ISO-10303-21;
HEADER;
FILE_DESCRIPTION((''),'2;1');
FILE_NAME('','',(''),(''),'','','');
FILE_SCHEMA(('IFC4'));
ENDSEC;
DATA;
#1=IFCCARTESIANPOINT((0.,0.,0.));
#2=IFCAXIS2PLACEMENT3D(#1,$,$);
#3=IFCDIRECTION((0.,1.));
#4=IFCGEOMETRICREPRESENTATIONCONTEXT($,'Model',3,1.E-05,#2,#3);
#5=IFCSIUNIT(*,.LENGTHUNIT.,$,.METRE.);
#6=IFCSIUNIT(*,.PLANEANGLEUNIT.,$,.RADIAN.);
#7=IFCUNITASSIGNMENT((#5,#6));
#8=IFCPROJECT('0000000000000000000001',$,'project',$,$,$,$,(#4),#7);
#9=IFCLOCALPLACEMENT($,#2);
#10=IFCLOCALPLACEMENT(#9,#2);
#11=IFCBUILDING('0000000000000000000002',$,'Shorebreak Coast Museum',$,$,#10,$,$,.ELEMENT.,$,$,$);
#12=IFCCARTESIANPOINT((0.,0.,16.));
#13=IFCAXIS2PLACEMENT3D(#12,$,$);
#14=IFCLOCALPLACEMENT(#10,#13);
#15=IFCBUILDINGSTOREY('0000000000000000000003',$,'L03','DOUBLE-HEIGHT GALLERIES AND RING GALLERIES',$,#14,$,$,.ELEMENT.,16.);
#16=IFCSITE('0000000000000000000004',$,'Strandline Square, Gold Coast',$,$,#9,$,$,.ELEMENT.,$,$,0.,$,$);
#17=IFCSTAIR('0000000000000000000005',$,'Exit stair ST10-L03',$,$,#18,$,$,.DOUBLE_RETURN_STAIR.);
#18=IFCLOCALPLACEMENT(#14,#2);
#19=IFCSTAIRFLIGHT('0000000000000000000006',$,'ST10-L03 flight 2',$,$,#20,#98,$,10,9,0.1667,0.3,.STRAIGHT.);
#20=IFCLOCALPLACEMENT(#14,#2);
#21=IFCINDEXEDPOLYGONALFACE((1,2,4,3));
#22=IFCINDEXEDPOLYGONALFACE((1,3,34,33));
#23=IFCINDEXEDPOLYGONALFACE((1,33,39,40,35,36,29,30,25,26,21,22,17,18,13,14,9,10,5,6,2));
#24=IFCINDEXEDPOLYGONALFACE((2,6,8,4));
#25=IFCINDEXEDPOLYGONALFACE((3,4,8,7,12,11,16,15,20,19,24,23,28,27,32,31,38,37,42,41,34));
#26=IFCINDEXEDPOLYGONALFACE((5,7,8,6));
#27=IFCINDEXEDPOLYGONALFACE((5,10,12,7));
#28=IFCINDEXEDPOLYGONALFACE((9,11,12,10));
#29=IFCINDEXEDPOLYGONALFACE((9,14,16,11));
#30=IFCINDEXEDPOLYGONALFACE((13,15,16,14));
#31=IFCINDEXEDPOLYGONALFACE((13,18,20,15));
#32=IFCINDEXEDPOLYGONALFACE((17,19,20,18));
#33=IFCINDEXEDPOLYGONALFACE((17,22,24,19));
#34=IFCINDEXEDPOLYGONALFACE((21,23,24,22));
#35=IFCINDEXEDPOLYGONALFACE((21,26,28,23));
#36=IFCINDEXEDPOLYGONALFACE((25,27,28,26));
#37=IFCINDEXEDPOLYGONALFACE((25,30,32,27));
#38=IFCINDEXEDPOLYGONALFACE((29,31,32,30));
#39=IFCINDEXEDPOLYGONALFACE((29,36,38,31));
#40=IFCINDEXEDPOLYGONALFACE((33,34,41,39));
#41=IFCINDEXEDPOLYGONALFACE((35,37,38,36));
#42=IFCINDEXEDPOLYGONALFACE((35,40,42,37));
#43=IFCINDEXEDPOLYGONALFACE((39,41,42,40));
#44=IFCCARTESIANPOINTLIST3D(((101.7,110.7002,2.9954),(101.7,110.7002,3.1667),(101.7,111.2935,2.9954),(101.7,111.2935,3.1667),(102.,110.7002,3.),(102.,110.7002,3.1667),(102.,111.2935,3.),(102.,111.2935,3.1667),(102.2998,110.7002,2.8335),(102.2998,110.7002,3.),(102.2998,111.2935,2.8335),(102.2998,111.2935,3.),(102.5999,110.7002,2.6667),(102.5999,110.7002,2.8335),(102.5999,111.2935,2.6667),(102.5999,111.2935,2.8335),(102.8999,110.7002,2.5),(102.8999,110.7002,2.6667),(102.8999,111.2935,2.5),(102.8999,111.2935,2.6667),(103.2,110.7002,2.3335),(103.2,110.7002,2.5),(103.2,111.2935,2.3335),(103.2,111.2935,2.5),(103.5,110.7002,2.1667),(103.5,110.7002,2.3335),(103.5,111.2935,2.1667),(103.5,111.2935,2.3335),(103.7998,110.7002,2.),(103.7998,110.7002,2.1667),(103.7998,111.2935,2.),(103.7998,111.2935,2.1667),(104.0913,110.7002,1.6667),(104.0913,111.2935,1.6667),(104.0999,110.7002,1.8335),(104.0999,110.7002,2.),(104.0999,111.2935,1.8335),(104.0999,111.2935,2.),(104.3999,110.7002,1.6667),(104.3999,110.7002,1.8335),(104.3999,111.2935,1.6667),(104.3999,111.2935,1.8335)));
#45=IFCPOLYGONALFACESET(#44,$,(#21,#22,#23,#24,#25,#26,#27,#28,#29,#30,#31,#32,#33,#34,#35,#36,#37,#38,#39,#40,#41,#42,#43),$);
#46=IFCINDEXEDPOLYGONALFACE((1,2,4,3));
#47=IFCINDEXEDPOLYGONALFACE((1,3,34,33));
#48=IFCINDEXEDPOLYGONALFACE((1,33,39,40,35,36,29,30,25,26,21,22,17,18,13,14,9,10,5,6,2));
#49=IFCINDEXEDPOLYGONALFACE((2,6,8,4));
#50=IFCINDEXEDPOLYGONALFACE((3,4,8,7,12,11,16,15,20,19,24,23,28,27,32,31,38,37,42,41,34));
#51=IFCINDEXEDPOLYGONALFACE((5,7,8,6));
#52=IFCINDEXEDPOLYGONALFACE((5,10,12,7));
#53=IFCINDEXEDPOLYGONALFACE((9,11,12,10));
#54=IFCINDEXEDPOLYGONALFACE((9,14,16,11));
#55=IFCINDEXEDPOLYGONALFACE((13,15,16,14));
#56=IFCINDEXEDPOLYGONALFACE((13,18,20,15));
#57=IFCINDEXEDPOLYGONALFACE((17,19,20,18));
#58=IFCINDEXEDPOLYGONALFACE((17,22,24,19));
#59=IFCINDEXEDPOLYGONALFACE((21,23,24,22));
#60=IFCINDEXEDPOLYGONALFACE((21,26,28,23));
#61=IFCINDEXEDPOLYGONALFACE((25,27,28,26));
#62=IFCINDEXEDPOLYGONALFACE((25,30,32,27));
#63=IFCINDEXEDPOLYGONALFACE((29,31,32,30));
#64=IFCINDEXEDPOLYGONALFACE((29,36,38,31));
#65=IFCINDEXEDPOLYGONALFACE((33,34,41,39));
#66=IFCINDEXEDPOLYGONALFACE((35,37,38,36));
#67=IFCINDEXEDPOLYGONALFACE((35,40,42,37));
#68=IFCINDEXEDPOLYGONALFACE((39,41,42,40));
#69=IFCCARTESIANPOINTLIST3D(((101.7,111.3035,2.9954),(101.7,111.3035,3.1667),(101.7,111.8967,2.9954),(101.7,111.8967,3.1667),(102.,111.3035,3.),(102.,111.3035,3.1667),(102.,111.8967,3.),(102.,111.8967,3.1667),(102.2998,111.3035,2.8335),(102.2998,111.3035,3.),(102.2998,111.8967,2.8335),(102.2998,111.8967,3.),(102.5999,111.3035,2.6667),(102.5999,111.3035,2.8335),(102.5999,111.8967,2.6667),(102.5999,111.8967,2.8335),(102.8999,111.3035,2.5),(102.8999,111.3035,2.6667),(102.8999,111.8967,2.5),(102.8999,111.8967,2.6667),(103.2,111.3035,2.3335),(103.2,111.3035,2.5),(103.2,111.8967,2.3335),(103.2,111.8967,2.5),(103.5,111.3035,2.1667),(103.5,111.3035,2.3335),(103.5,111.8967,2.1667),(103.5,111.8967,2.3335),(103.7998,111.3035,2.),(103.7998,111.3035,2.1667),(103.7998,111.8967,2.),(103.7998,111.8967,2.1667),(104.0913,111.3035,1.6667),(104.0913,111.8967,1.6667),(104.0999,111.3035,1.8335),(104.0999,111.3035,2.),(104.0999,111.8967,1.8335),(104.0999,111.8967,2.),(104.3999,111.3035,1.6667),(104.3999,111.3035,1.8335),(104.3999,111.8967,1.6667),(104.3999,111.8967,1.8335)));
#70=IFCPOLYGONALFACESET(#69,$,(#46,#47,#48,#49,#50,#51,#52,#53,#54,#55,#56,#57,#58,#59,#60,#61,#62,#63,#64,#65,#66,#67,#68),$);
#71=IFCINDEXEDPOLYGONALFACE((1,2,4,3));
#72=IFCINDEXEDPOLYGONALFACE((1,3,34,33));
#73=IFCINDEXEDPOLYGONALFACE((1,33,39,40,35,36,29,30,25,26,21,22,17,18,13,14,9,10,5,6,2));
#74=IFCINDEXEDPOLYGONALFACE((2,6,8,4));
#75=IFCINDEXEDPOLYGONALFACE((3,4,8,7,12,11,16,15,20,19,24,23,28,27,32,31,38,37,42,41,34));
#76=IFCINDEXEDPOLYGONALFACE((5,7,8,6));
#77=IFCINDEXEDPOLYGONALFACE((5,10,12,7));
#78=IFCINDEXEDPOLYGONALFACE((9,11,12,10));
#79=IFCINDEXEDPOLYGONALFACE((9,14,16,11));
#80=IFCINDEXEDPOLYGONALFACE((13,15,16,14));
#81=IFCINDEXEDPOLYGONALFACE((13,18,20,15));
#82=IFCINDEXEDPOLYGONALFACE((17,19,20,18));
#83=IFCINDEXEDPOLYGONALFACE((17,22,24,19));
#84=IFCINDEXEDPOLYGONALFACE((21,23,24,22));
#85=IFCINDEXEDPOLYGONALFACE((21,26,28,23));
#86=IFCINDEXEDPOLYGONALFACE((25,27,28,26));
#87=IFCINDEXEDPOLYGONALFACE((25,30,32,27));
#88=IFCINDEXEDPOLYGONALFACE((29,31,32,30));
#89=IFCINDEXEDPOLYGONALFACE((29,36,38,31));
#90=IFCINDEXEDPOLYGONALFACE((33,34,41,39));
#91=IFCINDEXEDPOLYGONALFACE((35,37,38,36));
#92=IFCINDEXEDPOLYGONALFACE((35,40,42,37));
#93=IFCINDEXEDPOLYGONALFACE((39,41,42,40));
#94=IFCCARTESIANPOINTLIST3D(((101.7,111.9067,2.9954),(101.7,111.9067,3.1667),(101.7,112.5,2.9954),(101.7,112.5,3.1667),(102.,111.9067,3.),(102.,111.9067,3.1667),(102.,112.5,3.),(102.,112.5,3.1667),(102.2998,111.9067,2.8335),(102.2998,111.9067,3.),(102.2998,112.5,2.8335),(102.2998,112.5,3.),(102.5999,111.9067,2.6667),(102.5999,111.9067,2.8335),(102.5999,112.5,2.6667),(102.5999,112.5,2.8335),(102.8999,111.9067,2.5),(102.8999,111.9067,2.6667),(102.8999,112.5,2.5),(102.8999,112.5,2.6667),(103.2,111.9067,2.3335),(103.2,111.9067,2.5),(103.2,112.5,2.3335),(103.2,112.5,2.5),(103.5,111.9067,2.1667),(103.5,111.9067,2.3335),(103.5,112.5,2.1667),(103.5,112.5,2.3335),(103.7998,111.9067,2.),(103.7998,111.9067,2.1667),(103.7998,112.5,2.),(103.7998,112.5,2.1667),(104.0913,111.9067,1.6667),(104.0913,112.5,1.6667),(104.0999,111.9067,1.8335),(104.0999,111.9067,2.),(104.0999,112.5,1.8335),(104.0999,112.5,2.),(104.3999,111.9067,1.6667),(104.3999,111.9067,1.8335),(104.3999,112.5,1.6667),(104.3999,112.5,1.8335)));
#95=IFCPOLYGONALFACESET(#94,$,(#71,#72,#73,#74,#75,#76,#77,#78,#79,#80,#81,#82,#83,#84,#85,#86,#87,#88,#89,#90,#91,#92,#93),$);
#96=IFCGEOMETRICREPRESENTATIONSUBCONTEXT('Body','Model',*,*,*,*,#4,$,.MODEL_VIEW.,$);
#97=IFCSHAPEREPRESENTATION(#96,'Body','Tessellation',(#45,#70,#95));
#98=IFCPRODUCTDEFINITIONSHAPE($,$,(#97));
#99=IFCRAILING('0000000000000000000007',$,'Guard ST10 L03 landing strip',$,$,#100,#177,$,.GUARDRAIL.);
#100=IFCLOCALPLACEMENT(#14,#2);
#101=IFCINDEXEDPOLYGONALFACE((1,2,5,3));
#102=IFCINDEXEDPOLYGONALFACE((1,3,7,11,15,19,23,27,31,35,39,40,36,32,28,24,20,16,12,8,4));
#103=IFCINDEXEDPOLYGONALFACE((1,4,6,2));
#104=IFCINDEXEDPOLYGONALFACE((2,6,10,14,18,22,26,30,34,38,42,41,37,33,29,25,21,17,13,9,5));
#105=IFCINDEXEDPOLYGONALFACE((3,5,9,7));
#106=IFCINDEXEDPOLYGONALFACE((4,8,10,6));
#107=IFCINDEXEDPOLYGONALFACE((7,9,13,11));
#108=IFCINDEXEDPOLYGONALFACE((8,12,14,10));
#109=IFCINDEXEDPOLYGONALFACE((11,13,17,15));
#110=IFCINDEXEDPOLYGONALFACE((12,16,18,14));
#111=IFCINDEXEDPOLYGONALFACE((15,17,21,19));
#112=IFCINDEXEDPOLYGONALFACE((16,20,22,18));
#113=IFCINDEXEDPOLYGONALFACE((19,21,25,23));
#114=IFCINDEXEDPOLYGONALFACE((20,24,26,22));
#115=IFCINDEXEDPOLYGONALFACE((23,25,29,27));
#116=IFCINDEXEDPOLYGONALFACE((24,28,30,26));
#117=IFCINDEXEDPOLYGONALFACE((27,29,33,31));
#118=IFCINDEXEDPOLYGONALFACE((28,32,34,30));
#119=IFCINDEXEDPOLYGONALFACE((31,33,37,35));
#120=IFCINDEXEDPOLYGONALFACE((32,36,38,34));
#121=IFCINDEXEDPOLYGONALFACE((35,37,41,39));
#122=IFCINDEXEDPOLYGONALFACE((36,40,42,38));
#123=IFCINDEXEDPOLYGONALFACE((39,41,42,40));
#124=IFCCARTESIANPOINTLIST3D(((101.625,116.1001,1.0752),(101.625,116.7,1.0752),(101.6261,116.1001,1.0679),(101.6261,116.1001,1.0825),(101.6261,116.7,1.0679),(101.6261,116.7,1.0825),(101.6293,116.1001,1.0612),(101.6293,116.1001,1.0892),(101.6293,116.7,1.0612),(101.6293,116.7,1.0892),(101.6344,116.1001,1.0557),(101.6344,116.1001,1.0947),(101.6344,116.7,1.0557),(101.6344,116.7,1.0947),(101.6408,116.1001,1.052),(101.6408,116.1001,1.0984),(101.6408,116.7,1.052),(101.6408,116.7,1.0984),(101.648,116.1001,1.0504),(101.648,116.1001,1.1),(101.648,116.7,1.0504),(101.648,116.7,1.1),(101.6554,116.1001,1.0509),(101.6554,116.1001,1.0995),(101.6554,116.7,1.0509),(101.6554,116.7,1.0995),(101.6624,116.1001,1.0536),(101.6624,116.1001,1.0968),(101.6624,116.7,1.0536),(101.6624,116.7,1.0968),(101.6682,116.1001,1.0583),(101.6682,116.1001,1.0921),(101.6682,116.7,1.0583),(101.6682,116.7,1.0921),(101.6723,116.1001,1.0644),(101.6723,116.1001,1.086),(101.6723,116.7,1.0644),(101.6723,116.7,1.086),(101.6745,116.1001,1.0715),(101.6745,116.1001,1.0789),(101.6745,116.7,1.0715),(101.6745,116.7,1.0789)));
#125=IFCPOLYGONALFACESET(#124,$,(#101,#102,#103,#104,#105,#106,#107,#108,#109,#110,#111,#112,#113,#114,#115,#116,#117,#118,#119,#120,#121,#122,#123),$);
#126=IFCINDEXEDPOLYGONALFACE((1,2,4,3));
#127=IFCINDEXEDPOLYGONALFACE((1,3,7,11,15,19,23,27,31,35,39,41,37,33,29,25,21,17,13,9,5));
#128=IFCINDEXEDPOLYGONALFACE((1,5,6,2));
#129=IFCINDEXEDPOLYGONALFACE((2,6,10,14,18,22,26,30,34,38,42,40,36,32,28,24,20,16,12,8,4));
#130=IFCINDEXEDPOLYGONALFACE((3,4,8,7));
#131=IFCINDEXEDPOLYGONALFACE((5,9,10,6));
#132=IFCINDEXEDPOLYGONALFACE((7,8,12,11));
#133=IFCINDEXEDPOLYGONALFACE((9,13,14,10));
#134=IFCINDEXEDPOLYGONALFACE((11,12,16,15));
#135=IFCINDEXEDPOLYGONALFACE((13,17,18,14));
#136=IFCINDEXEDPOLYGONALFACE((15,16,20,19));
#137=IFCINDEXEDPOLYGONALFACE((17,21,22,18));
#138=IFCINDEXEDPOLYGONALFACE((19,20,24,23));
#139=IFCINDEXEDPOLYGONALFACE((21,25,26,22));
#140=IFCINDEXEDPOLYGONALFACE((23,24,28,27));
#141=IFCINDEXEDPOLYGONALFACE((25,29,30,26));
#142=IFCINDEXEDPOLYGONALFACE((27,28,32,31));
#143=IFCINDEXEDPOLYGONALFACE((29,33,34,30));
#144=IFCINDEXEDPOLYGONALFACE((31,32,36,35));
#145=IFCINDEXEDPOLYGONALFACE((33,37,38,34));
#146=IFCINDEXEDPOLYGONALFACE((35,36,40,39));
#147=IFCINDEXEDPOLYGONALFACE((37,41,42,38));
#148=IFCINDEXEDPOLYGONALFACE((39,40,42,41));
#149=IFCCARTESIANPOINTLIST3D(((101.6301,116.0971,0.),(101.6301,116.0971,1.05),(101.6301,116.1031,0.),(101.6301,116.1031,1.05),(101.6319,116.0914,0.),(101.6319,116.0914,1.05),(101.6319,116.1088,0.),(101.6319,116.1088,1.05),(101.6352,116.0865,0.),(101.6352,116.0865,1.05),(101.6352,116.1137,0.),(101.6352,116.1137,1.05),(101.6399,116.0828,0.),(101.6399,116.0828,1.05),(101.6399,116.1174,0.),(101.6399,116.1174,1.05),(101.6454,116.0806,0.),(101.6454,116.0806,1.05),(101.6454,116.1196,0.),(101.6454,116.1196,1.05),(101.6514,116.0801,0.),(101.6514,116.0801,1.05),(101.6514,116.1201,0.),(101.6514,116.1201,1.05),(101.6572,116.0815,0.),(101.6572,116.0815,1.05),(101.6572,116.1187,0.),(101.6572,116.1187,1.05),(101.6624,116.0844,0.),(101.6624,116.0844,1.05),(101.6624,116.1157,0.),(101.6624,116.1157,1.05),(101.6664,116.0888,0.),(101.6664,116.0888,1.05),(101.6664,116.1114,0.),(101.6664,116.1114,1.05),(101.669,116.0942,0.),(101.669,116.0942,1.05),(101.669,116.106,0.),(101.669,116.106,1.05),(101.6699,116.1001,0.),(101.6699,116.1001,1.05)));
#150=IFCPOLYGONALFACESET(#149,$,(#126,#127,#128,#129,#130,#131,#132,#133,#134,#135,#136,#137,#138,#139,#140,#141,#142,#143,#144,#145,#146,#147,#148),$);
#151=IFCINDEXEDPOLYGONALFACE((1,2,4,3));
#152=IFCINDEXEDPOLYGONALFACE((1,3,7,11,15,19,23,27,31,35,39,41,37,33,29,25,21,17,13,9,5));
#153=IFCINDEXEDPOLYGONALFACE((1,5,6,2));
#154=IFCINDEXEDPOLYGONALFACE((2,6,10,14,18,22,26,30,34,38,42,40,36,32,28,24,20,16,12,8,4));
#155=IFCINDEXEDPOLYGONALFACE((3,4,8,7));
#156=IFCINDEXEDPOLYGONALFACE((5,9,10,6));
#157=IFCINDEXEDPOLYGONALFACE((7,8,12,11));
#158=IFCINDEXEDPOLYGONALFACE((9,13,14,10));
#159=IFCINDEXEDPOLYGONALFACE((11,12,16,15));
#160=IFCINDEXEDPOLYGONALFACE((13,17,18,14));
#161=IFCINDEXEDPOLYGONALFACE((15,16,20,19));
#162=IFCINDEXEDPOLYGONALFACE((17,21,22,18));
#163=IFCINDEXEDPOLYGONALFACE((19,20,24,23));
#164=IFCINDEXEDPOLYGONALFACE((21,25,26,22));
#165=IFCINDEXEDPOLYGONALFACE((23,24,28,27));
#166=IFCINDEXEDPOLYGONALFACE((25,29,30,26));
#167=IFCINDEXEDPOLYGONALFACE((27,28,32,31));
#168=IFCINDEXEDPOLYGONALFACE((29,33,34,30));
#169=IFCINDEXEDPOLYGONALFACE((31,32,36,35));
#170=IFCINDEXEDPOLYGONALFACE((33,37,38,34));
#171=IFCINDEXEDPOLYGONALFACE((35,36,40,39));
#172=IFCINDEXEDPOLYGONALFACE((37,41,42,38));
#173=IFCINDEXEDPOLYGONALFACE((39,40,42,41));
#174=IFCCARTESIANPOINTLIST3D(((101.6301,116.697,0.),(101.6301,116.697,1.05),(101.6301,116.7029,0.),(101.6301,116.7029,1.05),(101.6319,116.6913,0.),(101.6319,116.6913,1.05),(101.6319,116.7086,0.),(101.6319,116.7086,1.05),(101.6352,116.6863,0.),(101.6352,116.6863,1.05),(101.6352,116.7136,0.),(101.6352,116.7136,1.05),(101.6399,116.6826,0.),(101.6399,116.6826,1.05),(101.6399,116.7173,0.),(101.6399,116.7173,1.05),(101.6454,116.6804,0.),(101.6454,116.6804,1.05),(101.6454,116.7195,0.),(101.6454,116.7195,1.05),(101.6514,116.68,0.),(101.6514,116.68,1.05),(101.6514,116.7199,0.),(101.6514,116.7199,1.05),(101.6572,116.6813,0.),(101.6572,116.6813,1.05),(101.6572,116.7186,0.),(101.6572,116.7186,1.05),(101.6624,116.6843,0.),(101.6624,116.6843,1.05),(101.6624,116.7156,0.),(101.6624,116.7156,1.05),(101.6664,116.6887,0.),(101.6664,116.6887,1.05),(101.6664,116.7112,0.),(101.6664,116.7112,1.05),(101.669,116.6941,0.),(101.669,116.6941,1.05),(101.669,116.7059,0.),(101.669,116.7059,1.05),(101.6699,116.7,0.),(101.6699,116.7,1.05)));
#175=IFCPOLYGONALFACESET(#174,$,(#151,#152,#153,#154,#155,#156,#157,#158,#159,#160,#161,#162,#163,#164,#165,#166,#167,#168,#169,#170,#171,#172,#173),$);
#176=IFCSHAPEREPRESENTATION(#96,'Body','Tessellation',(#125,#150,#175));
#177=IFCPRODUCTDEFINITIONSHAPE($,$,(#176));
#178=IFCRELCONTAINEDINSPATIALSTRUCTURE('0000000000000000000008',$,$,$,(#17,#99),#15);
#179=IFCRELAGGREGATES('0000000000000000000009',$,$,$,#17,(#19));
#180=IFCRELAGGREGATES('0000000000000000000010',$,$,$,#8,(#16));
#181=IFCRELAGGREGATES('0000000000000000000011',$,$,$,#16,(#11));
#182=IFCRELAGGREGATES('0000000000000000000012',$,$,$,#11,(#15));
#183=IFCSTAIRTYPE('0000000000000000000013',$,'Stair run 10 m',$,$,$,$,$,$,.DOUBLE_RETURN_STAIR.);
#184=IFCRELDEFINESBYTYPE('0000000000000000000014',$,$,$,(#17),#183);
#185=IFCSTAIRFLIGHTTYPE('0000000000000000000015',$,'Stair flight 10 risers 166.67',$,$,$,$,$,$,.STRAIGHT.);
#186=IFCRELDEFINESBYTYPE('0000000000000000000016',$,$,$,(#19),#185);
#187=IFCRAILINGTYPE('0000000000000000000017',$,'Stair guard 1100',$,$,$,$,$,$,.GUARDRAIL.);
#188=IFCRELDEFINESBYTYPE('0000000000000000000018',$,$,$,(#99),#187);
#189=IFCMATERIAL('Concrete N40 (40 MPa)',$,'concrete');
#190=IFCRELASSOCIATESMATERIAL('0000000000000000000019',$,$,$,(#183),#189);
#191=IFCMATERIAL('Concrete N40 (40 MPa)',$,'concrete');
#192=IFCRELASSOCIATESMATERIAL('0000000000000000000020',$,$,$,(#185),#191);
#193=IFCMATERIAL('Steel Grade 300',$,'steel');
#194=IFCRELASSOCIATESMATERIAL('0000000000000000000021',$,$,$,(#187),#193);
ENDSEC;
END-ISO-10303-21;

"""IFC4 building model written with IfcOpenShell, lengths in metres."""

from ifc_helpers import new_model, si_unit, direction, frame, origin, origin_2d, place, context, subcontext, project, spatial, polyline, circle, outline, extrude, material, type_object, element, aggregate, save


model = new_model("IFC4")

# Units and contexts
model_context = context("Model", 3, precision=1e-05, world=origin(), true_north=direction((0.0, 1.0)))
body_context = subcontext(model_context, "Body", "Model", "MODEL_VIEW")
ifc_project = project(units=[si_unit("LENGTHUNIT", "METRE"), si_unit("PLANEANGLEUNIT", "RADIAN")], contexts=[model_context])

# Site, building, storey
site_placement = place(None, origin())
site = spatial("IfcSite", under=ifc_project, at=site_placement, Name="Strandline Square, Gold Coast", CompositionType="ELEMENT", RefElevation=0.0)
building_placement = place(site_placement, origin())
building = spatial("IfcBuilding", under=site, at=building_placement, Name="Shorebreak Coast Museum", CompositionType="ELEMENT")
storey_placement = place(building_placement, frame((0.0, 0.0, 16.0)))
storey = spatial("IfcBuildingStorey", under=building, at=storey_placement, Name="L03", Description="DOUBLE-HEIGHT GALLERIES AND RING GALLERIES", CompositionType="ELEMENT", Elevation=16.0)

# Stair, stair flight
ifc_material_1 = material(Name="Concrete N40 (40 MPa)", Category="concrete")
stair_type = type_object("IfcStairType", Name="Stair run 10 m", PredefinedType="DOUBLE_RETURN_STAIR", material=ifc_material_1)
stair_placement = place(storey_placement, origin())
stair = element("IfcStair", 1, at=stair_placement, inside=storey, type_object=stair_type, Name="Exit stair ST10-L03", PredefinedType="DOUBLE_RETURN_STAIR")
ifc_material_2 = material(Name="Concrete N40 (40 MPa)", Category="concrete")
stair_flight_type = type_object("IfcStairFlightType", Name="Stair flight 10 risers 166.67", PredefinedType="STRAIGHT", material=ifc_material_2)
stair_flight_1_placement = place(storey_placement, frame((104.3999, 111.6001, 1.6667), z_axis=(0.0, 0.0, 1.0), x_axis=(-1.0, 0.0, 0.0)))
stair_flight_1 = element("IfcStairFlight", 2, at=stair_flight_1_placement, type_object=stair_flight_type, Name="ST10-L03 flight 2", NumberOfRisers=10, NumberOfTreads=9, PredefinedType="STRAIGHT", RiserHeight=0.1667, TreadLength=0.3, context=body_context, shape_type="SweptSolid", body=[
    extrude(outline(polyline([(0.0, 0.0), (0.0, 0.1667), (0.3, 0.1667), (0.3, 0.3333), (0.6001, 0.3333), (0.6001, 0.5), (0.8999, 0.5), (0.8999, 0.6667), (1.2, 0.6667), (1.2, 0.8333), (1.5, 0.8333), (1.5, 1.0), (1.8, 1.0), (1.8, 1.1667), (2.1001, 1.1667), (2.1001, 1.3333), (2.3999, 1.3333), (2.3999, 1.5), (2.7, 1.5), (2.7, 1.6667), (2.7, 1.3286), (0.3086, 0.0), (0.0, 0.0)])), frame((0.0, 0.8999, 0.0), z_axis=(0.0, -1.0, 0.0), x_axis=(1.0, 0.0, 0.0)), (0.0, 0.0, 1.0), 0.5933),
    extrude(outline(polyline([(0.0, 0.0), (0.0, 0.1667), (0.3, 0.1667), (0.3, 0.3333), (0.6001, 0.3333), (0.6001, 0.5), (0.8999, 0.5), (0.8999, 0.6667), (1.2, 0.6667), (1.2, 0.8333), (1.5, 0.8333), (1.5, 1.0), (1.8, 1.0), (1.8, 1.1667), (2.1001, 1.1667), (2.1001, 1.3333), (2.3999, 1.3333), (2.3999, 1.5), (2.7, 1.5), (2.7, 1.6667), (2.7, 1.3286), (0.3086, 0.0), (0.0, 0.0)])), frame((0.0, 0.2966, 0.0), z_axis=(0.0, -1.0, 0.0), x_axis=(1.0, 0.0, 0.0)), (0.0, 0.0, 1.0), 0.5933),
    extrude(outline(polyline([(0.0, 0.0), (0.0, 0.1667), (0.3, 0.1667), (0.3, 0.3333), (0.6001, 0.3333), (0.6001, 0.5), (0.8999, 0.5), (0.8999, 0.6667), (1.2, 0.6667), (1.2, 0.8333), (1.5, 0.8333), (1.5, 1.0), (1.8, 1.0), (1.8, 1.1667), (2.1001, 1.1667), (2.1001, 1.3333), (2.3999, 1.3333), (2.3999, 1.5), (2.7, 1.5), (2.7, 1.6667), (2.7, 1.3286), (0.3086, 0.0), (0.0, 0.0)])), frame((0.0, -0.3066, 0.0), z_axis=(0.0, -1.0, 0.0), x_axis=(1.0, 0.0, 0.0)), (0.0, 0.0, 1.0), 0.5933),
])
aggregate(stair, [stair_flight_1])

# Railing
ifc_material_3 = material(Name="Steel Grade 300", Category="steel")
railing_type_1 = type_object("IfcRailingType", Name="Stair guard 1100", PredefinedType="GUARDRAIL", material=ifc_material_3)
railing_1_placement = place(storey_placement, frame((101.6499, 116.1001, 0.0)))
element("IfcRailing", 3, at=railing_1_placement, inside=storey, type_object=railing_type_1, Name="Guard ST10 L03 landing strip", PredefinedType="GUARDRAIL", context=body_context, shape_type="SweptSolid", body=[
    extrude(circle(Radius=0.0249, at=origin_2d()), frame((0.0, 0.0, 1.0752), z_axis=(0.0, 1.0, 0.0), x_axis=(-1.0, 0.0, 0.0)), (0.0, 0.0, 1.0), 0.5999),
    extrude(circle(Radius=0.02, at=origin_2d()), origin(), (0.0, 0.0, 1.0), 1.05),
    extrude(circle(Radius=0.02, at=origin_2d()), frame((0.0, 0.5999, 0.0)), (0.0, 0.0, 1.0), 1.05),
])

save(model, "model.ifc")
